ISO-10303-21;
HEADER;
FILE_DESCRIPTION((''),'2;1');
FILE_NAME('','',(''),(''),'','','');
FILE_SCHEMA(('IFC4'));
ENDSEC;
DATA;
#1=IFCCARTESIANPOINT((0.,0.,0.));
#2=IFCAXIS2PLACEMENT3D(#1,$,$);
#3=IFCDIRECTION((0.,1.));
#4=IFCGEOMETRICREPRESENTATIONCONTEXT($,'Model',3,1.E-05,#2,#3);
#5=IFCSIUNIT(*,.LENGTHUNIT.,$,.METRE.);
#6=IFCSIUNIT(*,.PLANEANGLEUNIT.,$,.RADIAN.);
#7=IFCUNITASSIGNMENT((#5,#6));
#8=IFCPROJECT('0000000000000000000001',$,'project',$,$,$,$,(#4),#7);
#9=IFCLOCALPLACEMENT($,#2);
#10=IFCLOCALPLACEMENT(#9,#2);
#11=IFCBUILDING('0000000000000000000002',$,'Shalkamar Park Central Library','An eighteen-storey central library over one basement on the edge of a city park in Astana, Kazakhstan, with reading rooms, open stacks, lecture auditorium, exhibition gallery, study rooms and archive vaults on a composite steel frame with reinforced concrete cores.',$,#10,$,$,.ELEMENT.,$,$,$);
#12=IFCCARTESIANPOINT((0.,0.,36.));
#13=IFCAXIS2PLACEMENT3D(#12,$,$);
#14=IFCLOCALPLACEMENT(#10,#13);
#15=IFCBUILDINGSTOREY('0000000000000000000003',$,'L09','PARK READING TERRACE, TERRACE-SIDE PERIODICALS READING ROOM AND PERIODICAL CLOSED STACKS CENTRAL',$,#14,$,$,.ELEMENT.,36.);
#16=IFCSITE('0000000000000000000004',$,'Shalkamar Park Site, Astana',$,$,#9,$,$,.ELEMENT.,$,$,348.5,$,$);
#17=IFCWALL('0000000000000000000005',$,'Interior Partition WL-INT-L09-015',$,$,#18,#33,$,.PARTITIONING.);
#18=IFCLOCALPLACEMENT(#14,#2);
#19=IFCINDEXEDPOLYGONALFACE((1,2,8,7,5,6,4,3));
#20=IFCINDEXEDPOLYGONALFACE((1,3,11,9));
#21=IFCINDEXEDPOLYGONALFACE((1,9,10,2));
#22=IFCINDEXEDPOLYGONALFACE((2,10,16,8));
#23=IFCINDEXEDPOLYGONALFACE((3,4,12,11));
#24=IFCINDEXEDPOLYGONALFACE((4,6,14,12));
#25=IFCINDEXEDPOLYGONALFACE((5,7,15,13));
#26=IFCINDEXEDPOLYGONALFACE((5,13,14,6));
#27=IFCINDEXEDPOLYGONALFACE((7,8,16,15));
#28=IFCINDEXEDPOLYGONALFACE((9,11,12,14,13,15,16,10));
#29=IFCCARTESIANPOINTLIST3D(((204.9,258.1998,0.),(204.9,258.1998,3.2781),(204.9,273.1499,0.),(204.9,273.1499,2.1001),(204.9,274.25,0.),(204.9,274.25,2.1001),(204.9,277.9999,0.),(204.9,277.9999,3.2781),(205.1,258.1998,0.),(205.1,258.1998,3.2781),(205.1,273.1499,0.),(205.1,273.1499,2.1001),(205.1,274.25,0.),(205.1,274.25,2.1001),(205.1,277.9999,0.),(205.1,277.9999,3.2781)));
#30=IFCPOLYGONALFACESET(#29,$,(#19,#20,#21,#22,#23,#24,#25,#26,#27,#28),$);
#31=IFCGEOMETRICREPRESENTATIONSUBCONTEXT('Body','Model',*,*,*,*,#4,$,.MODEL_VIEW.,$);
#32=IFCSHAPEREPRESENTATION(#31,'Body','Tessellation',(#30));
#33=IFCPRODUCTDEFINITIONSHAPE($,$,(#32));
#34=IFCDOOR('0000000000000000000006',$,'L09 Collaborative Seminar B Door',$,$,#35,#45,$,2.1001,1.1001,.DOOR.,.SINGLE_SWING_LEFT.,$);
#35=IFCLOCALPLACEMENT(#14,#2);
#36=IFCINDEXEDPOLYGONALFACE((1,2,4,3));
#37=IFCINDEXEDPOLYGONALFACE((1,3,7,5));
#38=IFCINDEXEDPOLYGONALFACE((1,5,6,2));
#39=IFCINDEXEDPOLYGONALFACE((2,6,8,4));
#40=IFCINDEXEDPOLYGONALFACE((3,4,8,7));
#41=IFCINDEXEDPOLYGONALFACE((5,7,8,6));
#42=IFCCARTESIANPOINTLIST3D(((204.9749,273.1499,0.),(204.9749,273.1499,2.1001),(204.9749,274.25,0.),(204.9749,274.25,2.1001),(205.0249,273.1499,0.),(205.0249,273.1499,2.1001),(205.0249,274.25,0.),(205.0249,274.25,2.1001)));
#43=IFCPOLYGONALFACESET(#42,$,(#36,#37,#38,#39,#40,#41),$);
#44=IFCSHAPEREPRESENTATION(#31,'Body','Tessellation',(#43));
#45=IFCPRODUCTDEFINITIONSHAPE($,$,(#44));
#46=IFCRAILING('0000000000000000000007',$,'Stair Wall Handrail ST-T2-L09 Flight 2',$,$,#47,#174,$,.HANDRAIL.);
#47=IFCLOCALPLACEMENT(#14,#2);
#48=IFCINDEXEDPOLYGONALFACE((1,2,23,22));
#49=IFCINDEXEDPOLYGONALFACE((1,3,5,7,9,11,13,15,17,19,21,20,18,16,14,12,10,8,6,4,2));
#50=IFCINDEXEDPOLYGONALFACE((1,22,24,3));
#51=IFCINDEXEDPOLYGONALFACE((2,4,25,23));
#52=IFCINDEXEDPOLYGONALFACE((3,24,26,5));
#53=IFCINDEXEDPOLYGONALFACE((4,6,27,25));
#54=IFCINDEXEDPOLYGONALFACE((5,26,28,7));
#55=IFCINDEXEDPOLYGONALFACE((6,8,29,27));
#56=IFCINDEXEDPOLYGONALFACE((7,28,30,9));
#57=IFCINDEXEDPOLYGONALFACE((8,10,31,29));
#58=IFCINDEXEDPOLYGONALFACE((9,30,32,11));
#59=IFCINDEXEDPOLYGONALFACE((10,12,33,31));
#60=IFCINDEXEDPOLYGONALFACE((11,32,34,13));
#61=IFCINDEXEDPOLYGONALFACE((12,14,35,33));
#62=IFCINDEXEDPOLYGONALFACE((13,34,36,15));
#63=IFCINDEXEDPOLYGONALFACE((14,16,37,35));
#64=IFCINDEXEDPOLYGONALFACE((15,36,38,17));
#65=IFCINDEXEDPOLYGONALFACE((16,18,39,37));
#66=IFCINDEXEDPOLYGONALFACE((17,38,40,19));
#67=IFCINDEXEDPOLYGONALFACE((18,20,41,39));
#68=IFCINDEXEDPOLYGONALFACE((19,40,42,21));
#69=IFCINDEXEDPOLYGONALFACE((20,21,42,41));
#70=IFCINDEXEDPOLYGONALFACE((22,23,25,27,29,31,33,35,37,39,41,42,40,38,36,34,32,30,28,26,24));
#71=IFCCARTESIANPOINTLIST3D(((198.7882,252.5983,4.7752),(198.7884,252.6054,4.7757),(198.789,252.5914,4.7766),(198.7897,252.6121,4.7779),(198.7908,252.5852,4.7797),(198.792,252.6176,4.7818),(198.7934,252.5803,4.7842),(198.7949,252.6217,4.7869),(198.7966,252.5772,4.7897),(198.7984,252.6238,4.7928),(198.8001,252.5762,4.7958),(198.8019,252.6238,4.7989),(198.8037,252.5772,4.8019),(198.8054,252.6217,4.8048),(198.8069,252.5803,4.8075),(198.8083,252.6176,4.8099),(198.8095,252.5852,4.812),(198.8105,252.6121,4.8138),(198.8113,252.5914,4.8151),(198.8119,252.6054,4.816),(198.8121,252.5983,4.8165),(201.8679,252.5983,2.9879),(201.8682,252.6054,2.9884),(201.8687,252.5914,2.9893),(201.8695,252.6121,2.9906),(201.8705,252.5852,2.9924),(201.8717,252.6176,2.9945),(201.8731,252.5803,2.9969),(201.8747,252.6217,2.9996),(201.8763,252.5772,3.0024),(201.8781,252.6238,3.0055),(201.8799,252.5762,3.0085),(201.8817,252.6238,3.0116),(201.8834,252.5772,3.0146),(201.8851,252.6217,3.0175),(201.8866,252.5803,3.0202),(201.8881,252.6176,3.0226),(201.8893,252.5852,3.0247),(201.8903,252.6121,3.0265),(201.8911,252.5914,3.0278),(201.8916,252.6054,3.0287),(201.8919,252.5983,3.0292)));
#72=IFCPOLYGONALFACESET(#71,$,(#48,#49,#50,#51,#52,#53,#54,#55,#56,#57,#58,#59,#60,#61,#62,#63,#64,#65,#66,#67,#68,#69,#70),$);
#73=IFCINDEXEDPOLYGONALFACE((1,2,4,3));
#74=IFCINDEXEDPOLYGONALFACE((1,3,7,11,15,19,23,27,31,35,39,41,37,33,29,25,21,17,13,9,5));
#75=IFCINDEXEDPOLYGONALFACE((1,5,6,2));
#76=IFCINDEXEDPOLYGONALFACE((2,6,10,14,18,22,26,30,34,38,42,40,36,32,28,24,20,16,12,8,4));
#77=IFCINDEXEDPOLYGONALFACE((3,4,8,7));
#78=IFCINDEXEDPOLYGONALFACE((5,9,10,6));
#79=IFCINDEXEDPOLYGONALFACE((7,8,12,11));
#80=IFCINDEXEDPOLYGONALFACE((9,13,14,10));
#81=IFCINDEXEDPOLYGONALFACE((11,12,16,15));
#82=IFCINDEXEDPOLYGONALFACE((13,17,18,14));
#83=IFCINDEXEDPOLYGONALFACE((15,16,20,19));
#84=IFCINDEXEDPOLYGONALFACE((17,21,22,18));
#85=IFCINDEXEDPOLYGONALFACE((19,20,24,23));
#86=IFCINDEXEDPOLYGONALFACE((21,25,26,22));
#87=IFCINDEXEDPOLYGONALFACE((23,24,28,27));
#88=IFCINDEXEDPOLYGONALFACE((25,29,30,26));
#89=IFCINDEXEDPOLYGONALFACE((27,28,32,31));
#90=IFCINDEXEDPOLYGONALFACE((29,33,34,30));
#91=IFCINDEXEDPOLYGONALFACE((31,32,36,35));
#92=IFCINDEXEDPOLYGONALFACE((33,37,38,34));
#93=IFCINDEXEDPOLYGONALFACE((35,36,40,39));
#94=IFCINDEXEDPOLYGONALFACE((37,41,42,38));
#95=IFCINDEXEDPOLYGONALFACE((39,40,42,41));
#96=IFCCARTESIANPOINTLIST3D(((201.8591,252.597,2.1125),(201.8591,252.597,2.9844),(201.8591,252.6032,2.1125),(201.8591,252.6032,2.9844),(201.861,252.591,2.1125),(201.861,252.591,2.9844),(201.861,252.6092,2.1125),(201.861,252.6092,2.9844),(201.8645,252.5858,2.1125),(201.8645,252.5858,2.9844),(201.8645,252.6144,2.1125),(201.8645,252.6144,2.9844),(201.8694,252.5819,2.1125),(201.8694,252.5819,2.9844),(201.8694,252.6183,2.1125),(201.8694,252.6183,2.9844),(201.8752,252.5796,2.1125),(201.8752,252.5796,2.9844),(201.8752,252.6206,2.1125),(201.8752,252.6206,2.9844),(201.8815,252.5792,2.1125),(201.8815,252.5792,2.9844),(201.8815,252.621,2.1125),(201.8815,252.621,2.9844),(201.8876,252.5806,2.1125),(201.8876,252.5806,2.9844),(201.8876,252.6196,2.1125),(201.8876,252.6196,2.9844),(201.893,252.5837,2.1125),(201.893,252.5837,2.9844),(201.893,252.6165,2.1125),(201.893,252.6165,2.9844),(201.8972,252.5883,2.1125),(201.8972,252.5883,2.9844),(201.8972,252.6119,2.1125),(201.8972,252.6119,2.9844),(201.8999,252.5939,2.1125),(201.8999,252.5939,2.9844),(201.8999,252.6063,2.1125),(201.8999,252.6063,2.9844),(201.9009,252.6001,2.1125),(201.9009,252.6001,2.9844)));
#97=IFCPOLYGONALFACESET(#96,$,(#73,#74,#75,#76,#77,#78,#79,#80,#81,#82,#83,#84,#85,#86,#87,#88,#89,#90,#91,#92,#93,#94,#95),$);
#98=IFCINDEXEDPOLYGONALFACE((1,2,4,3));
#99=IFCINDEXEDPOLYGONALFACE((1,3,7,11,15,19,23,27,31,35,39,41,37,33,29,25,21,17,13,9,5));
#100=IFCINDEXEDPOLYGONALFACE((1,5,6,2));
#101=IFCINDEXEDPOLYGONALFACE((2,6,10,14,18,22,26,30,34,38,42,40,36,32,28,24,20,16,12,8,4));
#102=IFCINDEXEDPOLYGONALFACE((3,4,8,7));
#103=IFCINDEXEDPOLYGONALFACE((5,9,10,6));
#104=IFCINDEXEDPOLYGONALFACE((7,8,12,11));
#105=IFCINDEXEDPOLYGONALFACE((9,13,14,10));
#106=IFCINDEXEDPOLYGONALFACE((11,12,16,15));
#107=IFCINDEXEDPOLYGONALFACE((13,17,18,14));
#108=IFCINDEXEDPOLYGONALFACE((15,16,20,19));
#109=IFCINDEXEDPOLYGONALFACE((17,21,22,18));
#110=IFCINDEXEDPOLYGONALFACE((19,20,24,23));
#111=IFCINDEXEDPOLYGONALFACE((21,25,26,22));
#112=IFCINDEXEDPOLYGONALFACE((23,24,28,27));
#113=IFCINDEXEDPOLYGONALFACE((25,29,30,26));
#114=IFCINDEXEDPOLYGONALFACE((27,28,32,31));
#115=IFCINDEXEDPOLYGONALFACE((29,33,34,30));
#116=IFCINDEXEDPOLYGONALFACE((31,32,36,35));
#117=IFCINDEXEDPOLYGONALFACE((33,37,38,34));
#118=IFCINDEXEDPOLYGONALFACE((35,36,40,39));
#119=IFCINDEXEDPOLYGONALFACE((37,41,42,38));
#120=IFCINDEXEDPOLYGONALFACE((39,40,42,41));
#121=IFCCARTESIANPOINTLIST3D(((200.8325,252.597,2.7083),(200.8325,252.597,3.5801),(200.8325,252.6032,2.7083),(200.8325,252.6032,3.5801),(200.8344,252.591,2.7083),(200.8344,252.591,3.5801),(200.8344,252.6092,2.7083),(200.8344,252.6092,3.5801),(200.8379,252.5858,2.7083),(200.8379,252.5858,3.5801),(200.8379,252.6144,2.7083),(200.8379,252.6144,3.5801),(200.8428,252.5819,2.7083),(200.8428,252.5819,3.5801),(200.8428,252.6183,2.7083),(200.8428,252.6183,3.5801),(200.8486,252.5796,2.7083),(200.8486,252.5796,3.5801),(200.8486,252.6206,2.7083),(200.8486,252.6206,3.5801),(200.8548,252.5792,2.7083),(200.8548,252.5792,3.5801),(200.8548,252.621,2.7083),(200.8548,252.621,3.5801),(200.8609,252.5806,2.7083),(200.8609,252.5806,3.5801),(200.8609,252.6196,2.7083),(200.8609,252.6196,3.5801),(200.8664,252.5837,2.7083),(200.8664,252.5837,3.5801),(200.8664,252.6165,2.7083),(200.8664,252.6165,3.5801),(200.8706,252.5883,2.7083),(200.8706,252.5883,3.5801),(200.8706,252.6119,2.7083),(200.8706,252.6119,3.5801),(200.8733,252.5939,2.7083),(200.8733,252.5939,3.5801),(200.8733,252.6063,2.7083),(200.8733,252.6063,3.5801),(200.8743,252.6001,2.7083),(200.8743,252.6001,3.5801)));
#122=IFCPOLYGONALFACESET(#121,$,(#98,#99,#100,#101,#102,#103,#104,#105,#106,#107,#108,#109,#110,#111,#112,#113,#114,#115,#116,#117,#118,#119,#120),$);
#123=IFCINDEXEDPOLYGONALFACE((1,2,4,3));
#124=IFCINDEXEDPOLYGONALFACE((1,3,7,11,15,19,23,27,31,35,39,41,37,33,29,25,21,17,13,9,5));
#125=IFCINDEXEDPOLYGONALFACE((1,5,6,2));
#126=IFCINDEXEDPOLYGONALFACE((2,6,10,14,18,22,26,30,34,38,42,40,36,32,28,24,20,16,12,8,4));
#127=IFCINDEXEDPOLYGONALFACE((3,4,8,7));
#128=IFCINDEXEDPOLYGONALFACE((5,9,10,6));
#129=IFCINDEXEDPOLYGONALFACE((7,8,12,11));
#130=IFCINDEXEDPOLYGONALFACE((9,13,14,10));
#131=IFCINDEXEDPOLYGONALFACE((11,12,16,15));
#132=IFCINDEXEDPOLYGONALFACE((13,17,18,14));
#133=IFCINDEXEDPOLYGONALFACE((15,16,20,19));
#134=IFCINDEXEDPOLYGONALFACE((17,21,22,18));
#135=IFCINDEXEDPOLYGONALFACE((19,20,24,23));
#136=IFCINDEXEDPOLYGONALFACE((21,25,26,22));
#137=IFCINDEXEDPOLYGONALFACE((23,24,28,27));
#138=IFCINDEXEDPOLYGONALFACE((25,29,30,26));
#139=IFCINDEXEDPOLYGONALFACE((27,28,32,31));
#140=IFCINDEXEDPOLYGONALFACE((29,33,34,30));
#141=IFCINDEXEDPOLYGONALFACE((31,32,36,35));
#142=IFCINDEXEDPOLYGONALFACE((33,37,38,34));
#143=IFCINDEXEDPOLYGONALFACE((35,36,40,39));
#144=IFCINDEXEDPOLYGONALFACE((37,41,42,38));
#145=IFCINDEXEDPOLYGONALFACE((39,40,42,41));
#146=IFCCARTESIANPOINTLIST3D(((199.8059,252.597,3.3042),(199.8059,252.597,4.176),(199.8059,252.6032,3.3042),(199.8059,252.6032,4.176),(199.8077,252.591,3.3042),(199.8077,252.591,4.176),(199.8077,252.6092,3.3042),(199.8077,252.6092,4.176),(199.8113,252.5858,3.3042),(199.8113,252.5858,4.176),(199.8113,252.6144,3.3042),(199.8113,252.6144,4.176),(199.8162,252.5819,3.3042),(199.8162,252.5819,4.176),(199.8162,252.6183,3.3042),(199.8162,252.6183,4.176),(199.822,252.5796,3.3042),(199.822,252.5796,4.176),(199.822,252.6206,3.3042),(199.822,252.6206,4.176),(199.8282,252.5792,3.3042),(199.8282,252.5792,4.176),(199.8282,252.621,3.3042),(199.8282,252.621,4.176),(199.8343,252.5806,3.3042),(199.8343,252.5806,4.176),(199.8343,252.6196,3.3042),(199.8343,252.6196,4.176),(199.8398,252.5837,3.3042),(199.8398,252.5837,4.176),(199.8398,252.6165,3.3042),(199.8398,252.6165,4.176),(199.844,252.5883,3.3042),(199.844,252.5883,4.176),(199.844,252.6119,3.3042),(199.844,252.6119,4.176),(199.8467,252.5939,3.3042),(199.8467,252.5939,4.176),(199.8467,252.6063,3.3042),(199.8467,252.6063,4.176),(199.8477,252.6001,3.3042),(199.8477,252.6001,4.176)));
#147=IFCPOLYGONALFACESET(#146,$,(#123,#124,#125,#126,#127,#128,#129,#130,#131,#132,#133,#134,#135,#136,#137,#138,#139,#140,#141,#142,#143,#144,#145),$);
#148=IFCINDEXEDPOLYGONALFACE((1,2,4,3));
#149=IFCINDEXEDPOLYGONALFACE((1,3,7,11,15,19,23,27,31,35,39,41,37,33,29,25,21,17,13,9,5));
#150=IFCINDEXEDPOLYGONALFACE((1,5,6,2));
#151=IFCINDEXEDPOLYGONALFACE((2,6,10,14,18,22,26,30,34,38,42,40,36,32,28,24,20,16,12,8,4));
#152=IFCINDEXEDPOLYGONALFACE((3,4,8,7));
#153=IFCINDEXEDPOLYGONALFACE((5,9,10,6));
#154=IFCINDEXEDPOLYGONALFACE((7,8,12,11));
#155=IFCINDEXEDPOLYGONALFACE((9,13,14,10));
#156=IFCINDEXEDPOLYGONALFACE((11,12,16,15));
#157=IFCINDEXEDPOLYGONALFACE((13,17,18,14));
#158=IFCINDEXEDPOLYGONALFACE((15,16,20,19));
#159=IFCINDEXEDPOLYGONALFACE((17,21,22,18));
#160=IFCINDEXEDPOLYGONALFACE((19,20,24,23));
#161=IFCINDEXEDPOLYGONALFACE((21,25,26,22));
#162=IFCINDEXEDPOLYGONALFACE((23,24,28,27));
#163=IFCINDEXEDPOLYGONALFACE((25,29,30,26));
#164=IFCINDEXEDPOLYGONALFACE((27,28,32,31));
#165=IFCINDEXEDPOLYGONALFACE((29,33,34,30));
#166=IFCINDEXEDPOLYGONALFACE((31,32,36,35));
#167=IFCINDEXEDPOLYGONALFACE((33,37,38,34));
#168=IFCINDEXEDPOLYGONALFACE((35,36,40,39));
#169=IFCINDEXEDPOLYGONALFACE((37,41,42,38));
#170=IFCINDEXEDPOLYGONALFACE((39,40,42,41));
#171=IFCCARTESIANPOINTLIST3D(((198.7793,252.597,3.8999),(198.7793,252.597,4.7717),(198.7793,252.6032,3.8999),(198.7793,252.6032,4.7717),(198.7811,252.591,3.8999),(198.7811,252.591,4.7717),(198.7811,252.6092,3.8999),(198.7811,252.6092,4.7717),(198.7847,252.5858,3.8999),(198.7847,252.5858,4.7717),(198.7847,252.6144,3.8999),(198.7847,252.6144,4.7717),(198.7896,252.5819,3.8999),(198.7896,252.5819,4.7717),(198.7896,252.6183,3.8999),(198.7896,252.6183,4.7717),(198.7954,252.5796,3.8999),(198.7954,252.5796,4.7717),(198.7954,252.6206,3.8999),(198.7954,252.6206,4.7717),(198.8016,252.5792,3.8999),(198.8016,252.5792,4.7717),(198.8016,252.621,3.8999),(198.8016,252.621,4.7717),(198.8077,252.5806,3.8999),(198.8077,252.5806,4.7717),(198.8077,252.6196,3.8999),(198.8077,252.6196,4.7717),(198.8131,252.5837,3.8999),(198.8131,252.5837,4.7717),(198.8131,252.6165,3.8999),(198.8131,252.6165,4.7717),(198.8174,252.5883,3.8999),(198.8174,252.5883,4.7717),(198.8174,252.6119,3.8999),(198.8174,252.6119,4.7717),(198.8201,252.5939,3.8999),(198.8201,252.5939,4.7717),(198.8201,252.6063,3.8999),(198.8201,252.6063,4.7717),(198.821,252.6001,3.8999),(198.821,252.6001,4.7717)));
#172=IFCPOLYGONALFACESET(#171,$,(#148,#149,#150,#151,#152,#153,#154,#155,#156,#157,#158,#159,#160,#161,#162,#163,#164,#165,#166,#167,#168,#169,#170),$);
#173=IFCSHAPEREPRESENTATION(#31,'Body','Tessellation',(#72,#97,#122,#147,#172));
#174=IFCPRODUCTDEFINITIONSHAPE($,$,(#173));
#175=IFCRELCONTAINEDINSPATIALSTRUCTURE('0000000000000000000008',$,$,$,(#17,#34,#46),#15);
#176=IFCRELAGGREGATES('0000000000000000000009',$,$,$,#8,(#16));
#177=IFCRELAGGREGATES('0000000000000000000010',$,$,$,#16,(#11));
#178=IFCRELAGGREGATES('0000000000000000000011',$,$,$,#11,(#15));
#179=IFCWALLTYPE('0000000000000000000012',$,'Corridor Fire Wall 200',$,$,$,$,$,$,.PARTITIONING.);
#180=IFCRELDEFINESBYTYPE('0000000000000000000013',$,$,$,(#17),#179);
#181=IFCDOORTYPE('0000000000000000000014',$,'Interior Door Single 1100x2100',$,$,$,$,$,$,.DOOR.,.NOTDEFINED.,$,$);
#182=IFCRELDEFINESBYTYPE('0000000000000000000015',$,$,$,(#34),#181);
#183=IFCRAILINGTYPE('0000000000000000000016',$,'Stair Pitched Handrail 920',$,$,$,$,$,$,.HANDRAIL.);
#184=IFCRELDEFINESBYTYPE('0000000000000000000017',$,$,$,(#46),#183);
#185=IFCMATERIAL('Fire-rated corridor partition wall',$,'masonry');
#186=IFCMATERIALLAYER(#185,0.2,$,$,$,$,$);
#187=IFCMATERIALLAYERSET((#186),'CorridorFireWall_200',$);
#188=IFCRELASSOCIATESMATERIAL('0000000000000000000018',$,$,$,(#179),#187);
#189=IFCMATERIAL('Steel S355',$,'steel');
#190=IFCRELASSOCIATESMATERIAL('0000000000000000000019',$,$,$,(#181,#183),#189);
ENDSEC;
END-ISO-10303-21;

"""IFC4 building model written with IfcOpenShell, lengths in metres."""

from ifc_helpers import new_model, si_unit, direction, frame, frame_2d, origin, origin_2d, place, context, subcontext, project, spatial, rectangle, circle, extrude, material, layer, layer_set, type_object, element, fill, save


model = new_model("IFC4")

# Units and contexts
model_context = context("Model", 3, precision=1e-05, world=origin(), true_north=direction((0.0, 1.0)))
body_context = subcontext(model_context, "Body", "Model", "MODEL_VIEW")
ifc_project = project(units=[si_unit("LENGTHUNIT", "METRE"), si_unit("PLANEANGLEUNIT", "RADIAN")], contexts=[model_context])

# Site, building, storey
site_placement = place(None, origin())
site = spatial("IfcSite", under=ifc_project, at=site_placement, Name="Shalkamar Park Site, Astana", CompositionType="ELEMENT", RefElevation=348.5)
building_placement = place(site_placement, origin())
building = spatial("IfcBuilding", under=site, at=building_placement, Name="Shalkamar Park Central Library", Description="An eighteen-storey central library over one basement on the edge of a city park in Astana, Kazakhstan, with reading rooms, open stacks, lecture auditorium, exhibition gallery, study rooms and archive vaults on a composite steel frame with reinforced concrete cores.", CompositionType="ELEMENT")
storey_placement = place(building_placement, frame((0.0, 0.0, 36.0)))
storey = spatial("IfcBuildingStorey", under=building, at=storey_placement, Name="L09", Description="PARK READING TERRACE, TERRACE-SIDE PERIODICALS READING ROOM AND PERIODICAL CLOSED STACKS CENTRAL", CompositionType="ELEMENT", Elevation=36.0)

# Shared definitions
ifc_material_1 = material(Name="Steel S355", Category="steel")

# Wall, opening, door
ifc_material_2 = material(Name="Fire-rated corridor partition wall", Category="masonry")
ifc_layer_1 = layer(ifc_material_2, 0.2)
ifc_layer_set_1 = layer_set([ifc_layer_1], Name="CorridorFireWall_200")
wall_type_1 = type_object("IfcWallType", Name="Corridor Fire Wall 200", PredefinedType="PARTITIONING", material=ifc_layer_set_1)
door_type_1 = type_object("IfcDoorType", Name="Interior Door Single 1100x2100", OperationType="NOTDEFINED", PredefinedType="DOOR", material=ifc_material_1)
wall_1_placement = place(storey_placement, frame((205.0, 258.2, 0.0), z_axis=(0.0, 0.0, 1.0), x_axis=(0.0, 1.0, 0.0)))
wall_1 = element("IfcWall", 1, at=wall_1_placement, inside=storey, type_object=wall_type_1, Name="Interior Partition WL-INT-L09-015", PredefinedType="PARTITIONING", context=body_context, shape_type="SweptSolid", body=[
    extrude(rectangle(XDim=19.8, YDim=0.2, at=frame_2d((9.8999, 0.0))), origin(), (0.0, 0.0, 1.0), 3.2781),
])
opening_1_placement = place(wall_1_placement, frame((14.95, 0.0, 0.0)))
opening_1 = element("IfcOpeningElement", 2, at=opening_1_placement, cuts=wall_1, PredefinedType="OPENING", context=body_context, shape_type="SweptSolid", body=[
    extrude(rectangle(XDim=1.1001, YDim=2.1001, at=frame_2d((0.55, 1.05))), frame((0.0, 0.1147, 0.0), z_axis=(0.0, -1.0, 0.0), x_axis=(1.0, 0.0, 0.0)), (0.0, 0.0, 1.0), 0.2297),
])
door_1_placement = place(opening_1_placement, frame((1.1001, 0.0, 0.0), z_axis=(0.0, 0.0, 1.0), x_axis=(-1.0, 0.0, 0.0)))
door_1 = element("IfcDoor", 3, at=door_1_placement, inside=storey, type_object=door_type_1, Name="L09 Collaborative Seminar B Door", OperationType="SINGLE_SWING_LEFT", OverallHeight=2.1001, OverallWidth=1.1001, PredefinedType="DOOR", context=body_context, shape_type="SweptSolid", body=[
    extrude(rectangle(XDim=1.1001, YDim=2.1001, at=frame_2d((0.55, 1.05))), frame((0.0, 0.0249, 0.0), z_axis=(0.0, -1.0, 0.0), x_axis=(1.0, 0.0, 0.0)), (0.0, 0.0, 1.0), 0.05),
])
fill(opening_1, door_1)

# Railing
railing_type = type_object("IfcRailingType", Name="Stair Pitched Handrail 920", PredefinedType="HANDRAIL", material=ifc_material_1)
railing_placement = place(storey_placement, frame((201.8799, 252.6001, 2.1125)))
element("IfcRailing", 4, at=railing_placement, inside=storey, type_object=railing_type, Name="Stair Wall Handrail ST-T2-L09 Flight 2", PredefinedType="HANDRAIL", context=body_context, shape_type="SweptSolid", body=[
    extrude(circle(Radius=0.0239, at=origin_2d()), frame((0.0, 0.0, 0.896), z_axis=(-0.864903, 0.0, 0.501939), x_axis=(0.0, -1.0, 0.0)), (0.0, 0.0, 1.0), 3.5608),
    extrude(circle(Radius=0.021, at=origin_2d()), origin(), (0.0, 0.0, 1.0), 0.8718),
    extrude(circle(Radius=0.021, at=origin_2d()), frame((-1.0266, 0.0, 0.5957)), (0.0, 0.0, 1.0), 0.8718),
    extrude(circle(Radius=0.021, at=origin_2d()), frame((-2.0532, 0.0, 1.1917)), (0.0, 0.0, 1.0), 0.8718),
    extrude(circle(Radius=0.021, at=origin_2d()), frame((-3.0798, 0.0, 1.7874)), (0.0, 0.0, 1.0), 0.8718),
])

save(model, "model.ifc")
